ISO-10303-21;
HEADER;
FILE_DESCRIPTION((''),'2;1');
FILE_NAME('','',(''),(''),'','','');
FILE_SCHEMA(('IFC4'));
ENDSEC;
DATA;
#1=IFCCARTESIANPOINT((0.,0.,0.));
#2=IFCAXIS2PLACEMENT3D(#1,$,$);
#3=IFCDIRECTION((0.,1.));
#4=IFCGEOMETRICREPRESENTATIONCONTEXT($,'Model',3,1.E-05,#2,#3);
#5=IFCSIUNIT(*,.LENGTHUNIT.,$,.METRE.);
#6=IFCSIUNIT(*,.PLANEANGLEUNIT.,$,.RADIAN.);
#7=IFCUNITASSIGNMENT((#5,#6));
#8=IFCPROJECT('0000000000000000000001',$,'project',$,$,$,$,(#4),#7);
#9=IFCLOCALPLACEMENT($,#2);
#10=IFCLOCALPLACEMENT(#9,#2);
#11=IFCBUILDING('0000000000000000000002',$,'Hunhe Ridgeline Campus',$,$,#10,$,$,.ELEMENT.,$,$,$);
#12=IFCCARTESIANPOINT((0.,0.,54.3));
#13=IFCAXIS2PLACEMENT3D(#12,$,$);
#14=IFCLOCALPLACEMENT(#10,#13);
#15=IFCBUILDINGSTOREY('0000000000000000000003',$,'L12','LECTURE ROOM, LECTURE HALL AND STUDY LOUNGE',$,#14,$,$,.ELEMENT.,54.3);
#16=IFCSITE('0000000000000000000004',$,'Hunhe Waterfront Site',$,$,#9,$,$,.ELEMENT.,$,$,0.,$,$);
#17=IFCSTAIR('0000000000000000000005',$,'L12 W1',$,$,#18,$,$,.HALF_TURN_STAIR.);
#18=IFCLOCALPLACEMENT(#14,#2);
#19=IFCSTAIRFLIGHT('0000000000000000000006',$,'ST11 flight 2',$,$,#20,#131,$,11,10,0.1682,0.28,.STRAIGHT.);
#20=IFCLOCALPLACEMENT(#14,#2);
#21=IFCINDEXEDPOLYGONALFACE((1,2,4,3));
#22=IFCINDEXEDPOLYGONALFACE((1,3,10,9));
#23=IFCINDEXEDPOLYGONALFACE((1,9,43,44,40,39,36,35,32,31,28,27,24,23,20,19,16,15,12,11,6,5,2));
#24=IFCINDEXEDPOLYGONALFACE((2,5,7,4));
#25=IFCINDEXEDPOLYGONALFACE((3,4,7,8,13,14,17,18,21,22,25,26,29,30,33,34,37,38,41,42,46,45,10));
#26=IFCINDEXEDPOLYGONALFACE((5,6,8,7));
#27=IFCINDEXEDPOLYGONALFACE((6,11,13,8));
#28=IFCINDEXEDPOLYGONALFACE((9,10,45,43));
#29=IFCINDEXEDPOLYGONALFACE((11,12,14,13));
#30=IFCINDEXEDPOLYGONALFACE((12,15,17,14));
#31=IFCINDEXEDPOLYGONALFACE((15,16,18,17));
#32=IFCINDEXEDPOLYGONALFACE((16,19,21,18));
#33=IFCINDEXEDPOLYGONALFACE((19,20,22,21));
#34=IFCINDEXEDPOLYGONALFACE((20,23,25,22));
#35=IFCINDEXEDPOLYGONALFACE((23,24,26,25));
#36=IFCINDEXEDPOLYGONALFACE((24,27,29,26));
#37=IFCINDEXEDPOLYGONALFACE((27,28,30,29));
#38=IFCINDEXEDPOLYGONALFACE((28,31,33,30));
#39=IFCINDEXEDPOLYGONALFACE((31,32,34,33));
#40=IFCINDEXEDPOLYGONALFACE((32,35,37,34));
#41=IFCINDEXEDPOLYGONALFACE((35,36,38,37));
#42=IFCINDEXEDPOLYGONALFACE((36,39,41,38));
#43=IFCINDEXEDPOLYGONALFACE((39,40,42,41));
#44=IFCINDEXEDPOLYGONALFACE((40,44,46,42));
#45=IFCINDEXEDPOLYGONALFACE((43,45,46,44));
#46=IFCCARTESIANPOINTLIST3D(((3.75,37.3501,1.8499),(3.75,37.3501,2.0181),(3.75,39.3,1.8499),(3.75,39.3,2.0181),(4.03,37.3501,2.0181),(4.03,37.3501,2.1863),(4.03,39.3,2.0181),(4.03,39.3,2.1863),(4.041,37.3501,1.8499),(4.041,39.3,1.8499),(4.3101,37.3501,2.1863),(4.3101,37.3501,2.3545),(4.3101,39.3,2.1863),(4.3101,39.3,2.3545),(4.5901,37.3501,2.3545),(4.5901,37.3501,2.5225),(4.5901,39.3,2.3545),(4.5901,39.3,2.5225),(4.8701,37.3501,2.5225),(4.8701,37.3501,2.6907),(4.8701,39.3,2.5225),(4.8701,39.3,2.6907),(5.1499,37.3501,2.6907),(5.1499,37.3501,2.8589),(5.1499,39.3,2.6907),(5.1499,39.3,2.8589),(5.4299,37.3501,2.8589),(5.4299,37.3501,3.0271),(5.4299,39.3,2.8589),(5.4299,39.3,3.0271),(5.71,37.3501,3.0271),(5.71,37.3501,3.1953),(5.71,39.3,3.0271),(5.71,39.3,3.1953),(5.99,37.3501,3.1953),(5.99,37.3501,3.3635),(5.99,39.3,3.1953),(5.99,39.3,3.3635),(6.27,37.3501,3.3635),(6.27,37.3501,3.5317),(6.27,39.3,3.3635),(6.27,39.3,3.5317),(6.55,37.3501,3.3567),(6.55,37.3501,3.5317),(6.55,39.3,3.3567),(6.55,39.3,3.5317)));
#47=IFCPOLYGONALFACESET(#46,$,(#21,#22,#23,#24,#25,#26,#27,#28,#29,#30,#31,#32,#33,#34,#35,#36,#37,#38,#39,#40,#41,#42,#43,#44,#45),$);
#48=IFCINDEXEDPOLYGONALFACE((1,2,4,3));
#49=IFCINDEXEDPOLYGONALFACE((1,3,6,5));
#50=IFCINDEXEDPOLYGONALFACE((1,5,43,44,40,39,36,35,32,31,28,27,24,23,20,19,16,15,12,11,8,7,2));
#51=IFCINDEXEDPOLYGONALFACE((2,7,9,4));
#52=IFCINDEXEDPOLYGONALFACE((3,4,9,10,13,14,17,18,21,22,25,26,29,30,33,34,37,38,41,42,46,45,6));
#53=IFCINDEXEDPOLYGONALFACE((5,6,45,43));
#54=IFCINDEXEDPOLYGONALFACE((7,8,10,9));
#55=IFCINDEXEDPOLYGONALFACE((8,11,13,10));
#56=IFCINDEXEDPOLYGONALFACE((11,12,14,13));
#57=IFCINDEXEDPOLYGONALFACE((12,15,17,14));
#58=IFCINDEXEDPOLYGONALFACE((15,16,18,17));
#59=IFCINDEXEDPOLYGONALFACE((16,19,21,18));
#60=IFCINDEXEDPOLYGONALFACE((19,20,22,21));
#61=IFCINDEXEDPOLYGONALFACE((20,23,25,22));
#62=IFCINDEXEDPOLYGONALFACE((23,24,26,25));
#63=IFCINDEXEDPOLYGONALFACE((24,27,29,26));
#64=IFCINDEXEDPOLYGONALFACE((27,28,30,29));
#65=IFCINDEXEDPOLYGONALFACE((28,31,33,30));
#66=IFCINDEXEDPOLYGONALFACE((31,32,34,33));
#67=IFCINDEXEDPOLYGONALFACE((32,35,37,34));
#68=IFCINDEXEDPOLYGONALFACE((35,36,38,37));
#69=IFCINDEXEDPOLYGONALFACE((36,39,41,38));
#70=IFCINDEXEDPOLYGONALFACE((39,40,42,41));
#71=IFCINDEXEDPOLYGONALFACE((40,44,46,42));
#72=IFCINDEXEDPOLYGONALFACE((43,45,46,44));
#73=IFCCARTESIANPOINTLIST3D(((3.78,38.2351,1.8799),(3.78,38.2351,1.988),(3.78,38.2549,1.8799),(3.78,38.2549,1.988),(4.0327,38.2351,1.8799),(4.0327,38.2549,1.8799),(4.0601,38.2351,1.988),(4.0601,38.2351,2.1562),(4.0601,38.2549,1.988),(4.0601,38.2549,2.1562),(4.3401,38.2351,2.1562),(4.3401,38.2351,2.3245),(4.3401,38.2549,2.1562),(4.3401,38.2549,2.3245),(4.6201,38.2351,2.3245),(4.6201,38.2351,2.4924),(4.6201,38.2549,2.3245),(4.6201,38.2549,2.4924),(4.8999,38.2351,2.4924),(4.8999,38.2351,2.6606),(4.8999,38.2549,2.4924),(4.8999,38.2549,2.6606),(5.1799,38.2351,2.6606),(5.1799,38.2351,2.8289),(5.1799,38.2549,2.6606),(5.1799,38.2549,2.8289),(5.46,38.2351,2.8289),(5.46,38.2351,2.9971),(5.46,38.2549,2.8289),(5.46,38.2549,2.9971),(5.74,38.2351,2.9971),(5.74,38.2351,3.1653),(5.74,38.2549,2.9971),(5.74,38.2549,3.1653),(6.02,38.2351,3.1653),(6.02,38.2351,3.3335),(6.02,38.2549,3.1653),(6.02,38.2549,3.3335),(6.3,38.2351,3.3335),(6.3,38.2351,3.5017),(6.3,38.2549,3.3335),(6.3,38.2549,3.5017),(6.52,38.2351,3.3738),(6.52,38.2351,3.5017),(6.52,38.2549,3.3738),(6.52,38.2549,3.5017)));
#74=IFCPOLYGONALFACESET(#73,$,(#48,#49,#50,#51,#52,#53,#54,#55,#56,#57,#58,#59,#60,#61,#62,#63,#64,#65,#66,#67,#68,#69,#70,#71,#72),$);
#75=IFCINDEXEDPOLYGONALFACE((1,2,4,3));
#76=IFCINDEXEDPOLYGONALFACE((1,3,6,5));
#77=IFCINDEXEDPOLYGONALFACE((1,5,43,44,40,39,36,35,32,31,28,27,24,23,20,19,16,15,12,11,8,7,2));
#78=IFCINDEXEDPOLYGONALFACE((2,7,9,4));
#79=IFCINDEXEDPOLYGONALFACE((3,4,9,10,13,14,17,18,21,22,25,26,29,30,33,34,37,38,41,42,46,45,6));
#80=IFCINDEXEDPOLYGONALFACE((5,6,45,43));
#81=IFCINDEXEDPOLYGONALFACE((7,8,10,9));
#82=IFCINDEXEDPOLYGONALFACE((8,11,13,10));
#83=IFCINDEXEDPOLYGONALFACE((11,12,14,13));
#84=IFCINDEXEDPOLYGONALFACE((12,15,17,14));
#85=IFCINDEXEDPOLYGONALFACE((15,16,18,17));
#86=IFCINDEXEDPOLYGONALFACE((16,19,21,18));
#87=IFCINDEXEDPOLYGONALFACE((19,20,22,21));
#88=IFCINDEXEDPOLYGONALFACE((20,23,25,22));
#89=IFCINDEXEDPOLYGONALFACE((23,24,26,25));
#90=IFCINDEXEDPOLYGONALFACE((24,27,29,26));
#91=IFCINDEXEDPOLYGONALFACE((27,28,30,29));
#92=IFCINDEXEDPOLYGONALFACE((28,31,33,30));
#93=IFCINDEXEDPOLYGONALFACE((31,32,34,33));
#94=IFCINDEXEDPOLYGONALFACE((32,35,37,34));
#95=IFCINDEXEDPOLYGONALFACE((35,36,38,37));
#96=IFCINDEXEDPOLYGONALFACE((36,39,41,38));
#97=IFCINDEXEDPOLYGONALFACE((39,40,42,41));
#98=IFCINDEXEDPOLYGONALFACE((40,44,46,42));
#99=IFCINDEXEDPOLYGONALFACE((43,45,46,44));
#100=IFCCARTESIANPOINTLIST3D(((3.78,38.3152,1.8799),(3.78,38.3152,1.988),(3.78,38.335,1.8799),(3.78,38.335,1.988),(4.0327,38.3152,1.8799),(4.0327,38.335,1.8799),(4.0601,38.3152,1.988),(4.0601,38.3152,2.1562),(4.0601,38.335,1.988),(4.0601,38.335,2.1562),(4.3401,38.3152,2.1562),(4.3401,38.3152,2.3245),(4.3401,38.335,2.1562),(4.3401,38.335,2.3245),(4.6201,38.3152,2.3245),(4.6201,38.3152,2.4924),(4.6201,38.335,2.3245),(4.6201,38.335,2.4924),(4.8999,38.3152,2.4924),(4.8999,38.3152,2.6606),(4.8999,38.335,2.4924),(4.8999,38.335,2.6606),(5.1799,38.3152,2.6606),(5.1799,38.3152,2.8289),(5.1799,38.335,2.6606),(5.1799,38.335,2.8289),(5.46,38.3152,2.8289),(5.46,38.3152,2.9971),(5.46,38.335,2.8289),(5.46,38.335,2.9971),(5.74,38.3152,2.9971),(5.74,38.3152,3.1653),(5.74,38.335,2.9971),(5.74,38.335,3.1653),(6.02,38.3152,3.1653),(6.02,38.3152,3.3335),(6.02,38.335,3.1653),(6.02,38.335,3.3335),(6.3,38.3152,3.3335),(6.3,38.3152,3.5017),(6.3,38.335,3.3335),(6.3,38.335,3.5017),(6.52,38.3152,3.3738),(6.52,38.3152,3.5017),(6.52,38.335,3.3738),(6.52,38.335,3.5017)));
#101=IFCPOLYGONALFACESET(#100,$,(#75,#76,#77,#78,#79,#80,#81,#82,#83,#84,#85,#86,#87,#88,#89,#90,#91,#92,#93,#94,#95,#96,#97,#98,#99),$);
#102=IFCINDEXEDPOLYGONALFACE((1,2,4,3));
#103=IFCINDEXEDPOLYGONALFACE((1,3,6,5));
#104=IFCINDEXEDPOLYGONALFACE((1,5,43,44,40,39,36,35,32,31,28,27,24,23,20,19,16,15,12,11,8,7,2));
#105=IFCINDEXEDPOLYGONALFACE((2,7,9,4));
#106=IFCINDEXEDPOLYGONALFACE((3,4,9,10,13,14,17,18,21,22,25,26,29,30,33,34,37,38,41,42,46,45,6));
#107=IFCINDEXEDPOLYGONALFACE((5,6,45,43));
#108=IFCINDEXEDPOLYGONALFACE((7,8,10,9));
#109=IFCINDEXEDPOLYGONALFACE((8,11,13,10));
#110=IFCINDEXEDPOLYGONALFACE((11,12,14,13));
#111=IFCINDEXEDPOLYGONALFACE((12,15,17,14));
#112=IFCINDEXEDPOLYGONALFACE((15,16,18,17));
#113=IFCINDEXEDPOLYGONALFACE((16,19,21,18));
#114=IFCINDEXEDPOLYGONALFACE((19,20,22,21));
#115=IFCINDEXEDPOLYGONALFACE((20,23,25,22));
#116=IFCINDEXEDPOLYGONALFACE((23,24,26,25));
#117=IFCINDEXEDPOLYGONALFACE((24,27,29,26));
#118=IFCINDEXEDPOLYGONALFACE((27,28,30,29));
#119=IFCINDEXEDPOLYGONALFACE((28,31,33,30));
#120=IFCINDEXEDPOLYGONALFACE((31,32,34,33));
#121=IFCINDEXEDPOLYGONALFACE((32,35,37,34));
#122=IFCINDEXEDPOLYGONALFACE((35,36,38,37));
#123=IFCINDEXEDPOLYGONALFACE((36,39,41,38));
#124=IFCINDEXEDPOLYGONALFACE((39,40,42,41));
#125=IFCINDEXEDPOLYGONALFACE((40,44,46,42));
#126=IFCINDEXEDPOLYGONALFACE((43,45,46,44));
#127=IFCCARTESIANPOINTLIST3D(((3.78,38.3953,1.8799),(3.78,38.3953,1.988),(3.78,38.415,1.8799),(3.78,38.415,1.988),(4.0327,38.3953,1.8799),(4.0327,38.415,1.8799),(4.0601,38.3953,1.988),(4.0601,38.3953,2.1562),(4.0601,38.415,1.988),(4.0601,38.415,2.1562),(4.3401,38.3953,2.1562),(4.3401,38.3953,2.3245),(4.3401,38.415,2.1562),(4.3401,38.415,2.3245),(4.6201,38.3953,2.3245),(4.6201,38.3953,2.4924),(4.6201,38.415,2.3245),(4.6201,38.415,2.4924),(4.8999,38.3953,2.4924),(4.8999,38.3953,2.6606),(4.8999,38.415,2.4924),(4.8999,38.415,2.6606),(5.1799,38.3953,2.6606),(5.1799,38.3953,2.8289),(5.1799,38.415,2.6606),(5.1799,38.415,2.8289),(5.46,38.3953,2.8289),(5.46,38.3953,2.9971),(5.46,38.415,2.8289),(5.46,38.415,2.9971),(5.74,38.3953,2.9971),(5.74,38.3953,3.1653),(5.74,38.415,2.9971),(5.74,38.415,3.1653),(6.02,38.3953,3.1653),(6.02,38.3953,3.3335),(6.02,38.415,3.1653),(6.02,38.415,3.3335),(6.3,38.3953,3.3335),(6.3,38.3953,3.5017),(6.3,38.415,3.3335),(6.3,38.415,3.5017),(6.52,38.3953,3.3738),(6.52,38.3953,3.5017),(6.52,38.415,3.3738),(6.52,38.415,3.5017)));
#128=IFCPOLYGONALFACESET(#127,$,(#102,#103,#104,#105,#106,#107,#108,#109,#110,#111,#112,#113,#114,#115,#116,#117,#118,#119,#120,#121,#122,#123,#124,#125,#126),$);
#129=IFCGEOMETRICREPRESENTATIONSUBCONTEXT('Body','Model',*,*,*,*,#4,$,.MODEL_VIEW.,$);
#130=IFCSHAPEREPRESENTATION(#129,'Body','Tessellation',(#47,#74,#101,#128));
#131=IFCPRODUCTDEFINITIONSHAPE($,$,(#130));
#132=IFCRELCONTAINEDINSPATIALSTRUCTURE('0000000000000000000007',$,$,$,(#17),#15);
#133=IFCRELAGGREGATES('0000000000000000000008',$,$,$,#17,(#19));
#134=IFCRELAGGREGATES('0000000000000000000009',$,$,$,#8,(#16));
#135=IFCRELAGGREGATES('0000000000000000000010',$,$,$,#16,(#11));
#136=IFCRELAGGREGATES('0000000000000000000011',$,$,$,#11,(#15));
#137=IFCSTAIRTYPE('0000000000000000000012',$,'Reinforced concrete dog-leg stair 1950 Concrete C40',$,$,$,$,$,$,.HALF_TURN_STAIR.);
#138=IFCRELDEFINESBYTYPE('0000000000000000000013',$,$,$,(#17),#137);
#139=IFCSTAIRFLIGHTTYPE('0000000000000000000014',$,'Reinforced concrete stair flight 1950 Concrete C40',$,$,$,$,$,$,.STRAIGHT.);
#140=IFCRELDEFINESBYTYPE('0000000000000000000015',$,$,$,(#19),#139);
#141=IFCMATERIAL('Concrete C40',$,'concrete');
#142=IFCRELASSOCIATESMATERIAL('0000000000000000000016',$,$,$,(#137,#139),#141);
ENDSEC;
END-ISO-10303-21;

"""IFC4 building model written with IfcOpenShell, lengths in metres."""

from ifc_helpers import new_model, si_unit, direction, frame, origin, place, context, subcontext, project, spatial, polyline, outline, extrude, material, type_object, element, aggregate, save


model = new_model("IFC4")

# Units and contexts
model_context = context("Model", 3, precision=1e-05, world=origin(), true_north=direction((0.0, 1.0)))
body_context = subcontext(model_context, "Body", "Model", "MODEL_VIEW")
ifc_project = project(units=[si_unit("LENGTHUNIT", "METRE"), si_unit("PLANEANGLEUNIT", "RADIAN")], contexts=[model_context])

# Site, building, storey
site_placement = place(None, origin())
site = spatial("IfcSite", under=ifc_project, at=site_placement, Name="Hunhe Waterfront Site", CompositionType="ELEMENT", RefElevation=0.0)
building_placement = place(site_placement, origin())
building = spatial("IfcBuilding", under=site, at=building_placement, Name="Hunhe Ridgeline Campus", CompositionType="ELEMENT")
storey_placement = place(building_placement, frame((0.0, 0.0, 54.3)))
storey = spatial("IfcBuildingStorey", under=building, at=storey_placement, Name="L12", Description="LECTURE ROOM, LECTURE HALL AND STUDY LOUNGE", CompositionType="ELEMENT", Elevation=54.3)

# Stair, stair flight
ifc_material_1 = material(Name="Concrete C40", Category="concrete")
stair_type = type_object("IfcStairType", Name="Reinforced concrete dog-leg stair 1950 Concrete C40", PredefinedType="HALF_TURN_STAIR", material=ifc_material_1)
stair_placement = place(storey_placement, origin())
stair = element("IfcStair", 1, at=stair_placement, inside=storey, type_object=stair_type, Name="L12 W1", PredefinedType="HALF_TURN_STAIR")
stair_flight_type = type_object("IfcStairFlightType", Name="Reinforced concrete stair flight 1950 Concrete C40", PredefinedType="STRAIGHT", material=ifc_material_1)
stair_flight_1_placement = place(storey_placement, frame((3.75, 38.325, 1.8499), z_axis=(0.0, 0.0, 1.0), x_axis=(1.0, 0.0, 0.0)))
stair_flight_1 = element("IfcStairFlight", 2, at=stair_flight_1_placement, type_object=stair_flight_type, Name="ST11 flight 2", NumberOfRisers=11, NumberOfTreads=10, PredefinedType="STRAIGHT", RiserHeight=0.1682, TreadLength=0.28, context=body_context, shape_type="SweptSolid", body=[
    extrude(outline(polyline([(0.0, 0.0), (0.0, 0.1682), (0.28, 0.1682), (0.28, 0.3364), (0.5601, 0.3364), (0.5601, 0.5046), (0.8401, 0.5046), (0.8401, 0.6726), (1.1201, 0.6726), (1.1201, 0.8408), (1.3999, 0.8408), (1.3999, 1.009), (1.6799, 1.009), (1.6799, 1.1772), (1.96, 1.1772), (1.96, 1.3455), (2.24, 1.3455), (2.24, 1.5137), (2.52, 1.5137), (2.52, 1.6819), (2.8, 1.6819), (2.8, 1.8501), (2.8, 1.5068), (0.291, 0.0), (0.0, 0.0)])), frame((0.0, 0.9751, 0.0), z_axis=(0.0, -1.0, 0.0), x_axis=(1.0, 0.0, 0.0)), (0.0, 0.0, 1.0), 1.95),
    extrude(outline(polyline([(0.03, 0.03), (0.03, 0.1382), (0.3101, 0.1382), (0.3101, 0.3064), (0.5901, 0.3064), (0.5901, 0.4746), (0.8701, 0.4746), (0.8701, 0.6426), (1.1499, 0.6426), (1.1499, 0.8108), (1.4299, 0.8108), (1.4299, 0.979), (1.71, 0.979), (1.71, 1.1472), (1.99, 1.1472), (1.99, 1.3154), (2.27, 1.3154), (2.27, 1.4836), (2.55, 1.4836), (2.55, 1.6519), (2.77, 1.6519), (2.77, 1.5239), (0.2827, 0.03), (0.03, 0.03)])), frame((0.0, -0.0701, 0.0), z_axis=(0.0, -1.0, 0.0), x_axis=(1.0, 0.0, 0.0)), (0.0, 0.0, 1.0), 0.0198),
    extrude(outline(polyline([(0.03, 0.03), (0.03, 0.1382), (0.3101, 0.1382), (0.3101, 0.3064), (0.5901, 0.3064), (0.5901, 0.4746), (0.8701, 0.4746), (0.8701, 0.6426), (1.1499, 0.6426), (1.1499, 0.8108), (1.4299, 0.8108), (1.4299, 0.979), (1.71, 0.979), (1.71, 1.1472), (1.99, 1.1472), (1.99, 1.3154), (2.27, 1.3154), (2.27, 1.4836), (2.55, 1.4836), (2.55, 1.6519), (2.77, 1.6519), (2.77, 1.5239), (0.2827, 0.03), (0.03, 0.03)])), frame((0.0, 0.01, 0.0), z_axis=(0.0, -1.0, 0.0), x_axis=(1.0, 0.0, 0.0)), (0.0, 0.0, 1.0), 0.0198),
    extrude(outline(polyline([(0.03, 0.03), (0.03, 0.1382), (0.3101, 0.1382), (0.3101, 0.3064), (0.5901, 0.3064), (0.5901, 0.4746), (0.8701, 0.4746), (0.8701, 0.6426), (1.1499, 0.6426), (1.1499, 0.8108), (1.4299, 0.8108), (1.4299, 0.979), (1.71, 0.979), (1.71, 1.1472), (1.99, 1.1472), (1.99, 1.3154), (2.27, 1.3154), (2.27, 1.4836), (2.55, 1.4836), (2.55, 1.6519), (2.77, 1.6519), (2.77, 1.5239), (0.2827, 0.03), (0.03, 0.03)])), frame((0.0, 0.0901, 0.0), z_axis=(0.0, -1.0, 0.0), x_axis=(1.0, 0.0, 0.0)), (0.0, 0.0, 1.0), 0.0198),
])
aggregate(stair, [stair_flight_1])

save(model, "model.ifc")
